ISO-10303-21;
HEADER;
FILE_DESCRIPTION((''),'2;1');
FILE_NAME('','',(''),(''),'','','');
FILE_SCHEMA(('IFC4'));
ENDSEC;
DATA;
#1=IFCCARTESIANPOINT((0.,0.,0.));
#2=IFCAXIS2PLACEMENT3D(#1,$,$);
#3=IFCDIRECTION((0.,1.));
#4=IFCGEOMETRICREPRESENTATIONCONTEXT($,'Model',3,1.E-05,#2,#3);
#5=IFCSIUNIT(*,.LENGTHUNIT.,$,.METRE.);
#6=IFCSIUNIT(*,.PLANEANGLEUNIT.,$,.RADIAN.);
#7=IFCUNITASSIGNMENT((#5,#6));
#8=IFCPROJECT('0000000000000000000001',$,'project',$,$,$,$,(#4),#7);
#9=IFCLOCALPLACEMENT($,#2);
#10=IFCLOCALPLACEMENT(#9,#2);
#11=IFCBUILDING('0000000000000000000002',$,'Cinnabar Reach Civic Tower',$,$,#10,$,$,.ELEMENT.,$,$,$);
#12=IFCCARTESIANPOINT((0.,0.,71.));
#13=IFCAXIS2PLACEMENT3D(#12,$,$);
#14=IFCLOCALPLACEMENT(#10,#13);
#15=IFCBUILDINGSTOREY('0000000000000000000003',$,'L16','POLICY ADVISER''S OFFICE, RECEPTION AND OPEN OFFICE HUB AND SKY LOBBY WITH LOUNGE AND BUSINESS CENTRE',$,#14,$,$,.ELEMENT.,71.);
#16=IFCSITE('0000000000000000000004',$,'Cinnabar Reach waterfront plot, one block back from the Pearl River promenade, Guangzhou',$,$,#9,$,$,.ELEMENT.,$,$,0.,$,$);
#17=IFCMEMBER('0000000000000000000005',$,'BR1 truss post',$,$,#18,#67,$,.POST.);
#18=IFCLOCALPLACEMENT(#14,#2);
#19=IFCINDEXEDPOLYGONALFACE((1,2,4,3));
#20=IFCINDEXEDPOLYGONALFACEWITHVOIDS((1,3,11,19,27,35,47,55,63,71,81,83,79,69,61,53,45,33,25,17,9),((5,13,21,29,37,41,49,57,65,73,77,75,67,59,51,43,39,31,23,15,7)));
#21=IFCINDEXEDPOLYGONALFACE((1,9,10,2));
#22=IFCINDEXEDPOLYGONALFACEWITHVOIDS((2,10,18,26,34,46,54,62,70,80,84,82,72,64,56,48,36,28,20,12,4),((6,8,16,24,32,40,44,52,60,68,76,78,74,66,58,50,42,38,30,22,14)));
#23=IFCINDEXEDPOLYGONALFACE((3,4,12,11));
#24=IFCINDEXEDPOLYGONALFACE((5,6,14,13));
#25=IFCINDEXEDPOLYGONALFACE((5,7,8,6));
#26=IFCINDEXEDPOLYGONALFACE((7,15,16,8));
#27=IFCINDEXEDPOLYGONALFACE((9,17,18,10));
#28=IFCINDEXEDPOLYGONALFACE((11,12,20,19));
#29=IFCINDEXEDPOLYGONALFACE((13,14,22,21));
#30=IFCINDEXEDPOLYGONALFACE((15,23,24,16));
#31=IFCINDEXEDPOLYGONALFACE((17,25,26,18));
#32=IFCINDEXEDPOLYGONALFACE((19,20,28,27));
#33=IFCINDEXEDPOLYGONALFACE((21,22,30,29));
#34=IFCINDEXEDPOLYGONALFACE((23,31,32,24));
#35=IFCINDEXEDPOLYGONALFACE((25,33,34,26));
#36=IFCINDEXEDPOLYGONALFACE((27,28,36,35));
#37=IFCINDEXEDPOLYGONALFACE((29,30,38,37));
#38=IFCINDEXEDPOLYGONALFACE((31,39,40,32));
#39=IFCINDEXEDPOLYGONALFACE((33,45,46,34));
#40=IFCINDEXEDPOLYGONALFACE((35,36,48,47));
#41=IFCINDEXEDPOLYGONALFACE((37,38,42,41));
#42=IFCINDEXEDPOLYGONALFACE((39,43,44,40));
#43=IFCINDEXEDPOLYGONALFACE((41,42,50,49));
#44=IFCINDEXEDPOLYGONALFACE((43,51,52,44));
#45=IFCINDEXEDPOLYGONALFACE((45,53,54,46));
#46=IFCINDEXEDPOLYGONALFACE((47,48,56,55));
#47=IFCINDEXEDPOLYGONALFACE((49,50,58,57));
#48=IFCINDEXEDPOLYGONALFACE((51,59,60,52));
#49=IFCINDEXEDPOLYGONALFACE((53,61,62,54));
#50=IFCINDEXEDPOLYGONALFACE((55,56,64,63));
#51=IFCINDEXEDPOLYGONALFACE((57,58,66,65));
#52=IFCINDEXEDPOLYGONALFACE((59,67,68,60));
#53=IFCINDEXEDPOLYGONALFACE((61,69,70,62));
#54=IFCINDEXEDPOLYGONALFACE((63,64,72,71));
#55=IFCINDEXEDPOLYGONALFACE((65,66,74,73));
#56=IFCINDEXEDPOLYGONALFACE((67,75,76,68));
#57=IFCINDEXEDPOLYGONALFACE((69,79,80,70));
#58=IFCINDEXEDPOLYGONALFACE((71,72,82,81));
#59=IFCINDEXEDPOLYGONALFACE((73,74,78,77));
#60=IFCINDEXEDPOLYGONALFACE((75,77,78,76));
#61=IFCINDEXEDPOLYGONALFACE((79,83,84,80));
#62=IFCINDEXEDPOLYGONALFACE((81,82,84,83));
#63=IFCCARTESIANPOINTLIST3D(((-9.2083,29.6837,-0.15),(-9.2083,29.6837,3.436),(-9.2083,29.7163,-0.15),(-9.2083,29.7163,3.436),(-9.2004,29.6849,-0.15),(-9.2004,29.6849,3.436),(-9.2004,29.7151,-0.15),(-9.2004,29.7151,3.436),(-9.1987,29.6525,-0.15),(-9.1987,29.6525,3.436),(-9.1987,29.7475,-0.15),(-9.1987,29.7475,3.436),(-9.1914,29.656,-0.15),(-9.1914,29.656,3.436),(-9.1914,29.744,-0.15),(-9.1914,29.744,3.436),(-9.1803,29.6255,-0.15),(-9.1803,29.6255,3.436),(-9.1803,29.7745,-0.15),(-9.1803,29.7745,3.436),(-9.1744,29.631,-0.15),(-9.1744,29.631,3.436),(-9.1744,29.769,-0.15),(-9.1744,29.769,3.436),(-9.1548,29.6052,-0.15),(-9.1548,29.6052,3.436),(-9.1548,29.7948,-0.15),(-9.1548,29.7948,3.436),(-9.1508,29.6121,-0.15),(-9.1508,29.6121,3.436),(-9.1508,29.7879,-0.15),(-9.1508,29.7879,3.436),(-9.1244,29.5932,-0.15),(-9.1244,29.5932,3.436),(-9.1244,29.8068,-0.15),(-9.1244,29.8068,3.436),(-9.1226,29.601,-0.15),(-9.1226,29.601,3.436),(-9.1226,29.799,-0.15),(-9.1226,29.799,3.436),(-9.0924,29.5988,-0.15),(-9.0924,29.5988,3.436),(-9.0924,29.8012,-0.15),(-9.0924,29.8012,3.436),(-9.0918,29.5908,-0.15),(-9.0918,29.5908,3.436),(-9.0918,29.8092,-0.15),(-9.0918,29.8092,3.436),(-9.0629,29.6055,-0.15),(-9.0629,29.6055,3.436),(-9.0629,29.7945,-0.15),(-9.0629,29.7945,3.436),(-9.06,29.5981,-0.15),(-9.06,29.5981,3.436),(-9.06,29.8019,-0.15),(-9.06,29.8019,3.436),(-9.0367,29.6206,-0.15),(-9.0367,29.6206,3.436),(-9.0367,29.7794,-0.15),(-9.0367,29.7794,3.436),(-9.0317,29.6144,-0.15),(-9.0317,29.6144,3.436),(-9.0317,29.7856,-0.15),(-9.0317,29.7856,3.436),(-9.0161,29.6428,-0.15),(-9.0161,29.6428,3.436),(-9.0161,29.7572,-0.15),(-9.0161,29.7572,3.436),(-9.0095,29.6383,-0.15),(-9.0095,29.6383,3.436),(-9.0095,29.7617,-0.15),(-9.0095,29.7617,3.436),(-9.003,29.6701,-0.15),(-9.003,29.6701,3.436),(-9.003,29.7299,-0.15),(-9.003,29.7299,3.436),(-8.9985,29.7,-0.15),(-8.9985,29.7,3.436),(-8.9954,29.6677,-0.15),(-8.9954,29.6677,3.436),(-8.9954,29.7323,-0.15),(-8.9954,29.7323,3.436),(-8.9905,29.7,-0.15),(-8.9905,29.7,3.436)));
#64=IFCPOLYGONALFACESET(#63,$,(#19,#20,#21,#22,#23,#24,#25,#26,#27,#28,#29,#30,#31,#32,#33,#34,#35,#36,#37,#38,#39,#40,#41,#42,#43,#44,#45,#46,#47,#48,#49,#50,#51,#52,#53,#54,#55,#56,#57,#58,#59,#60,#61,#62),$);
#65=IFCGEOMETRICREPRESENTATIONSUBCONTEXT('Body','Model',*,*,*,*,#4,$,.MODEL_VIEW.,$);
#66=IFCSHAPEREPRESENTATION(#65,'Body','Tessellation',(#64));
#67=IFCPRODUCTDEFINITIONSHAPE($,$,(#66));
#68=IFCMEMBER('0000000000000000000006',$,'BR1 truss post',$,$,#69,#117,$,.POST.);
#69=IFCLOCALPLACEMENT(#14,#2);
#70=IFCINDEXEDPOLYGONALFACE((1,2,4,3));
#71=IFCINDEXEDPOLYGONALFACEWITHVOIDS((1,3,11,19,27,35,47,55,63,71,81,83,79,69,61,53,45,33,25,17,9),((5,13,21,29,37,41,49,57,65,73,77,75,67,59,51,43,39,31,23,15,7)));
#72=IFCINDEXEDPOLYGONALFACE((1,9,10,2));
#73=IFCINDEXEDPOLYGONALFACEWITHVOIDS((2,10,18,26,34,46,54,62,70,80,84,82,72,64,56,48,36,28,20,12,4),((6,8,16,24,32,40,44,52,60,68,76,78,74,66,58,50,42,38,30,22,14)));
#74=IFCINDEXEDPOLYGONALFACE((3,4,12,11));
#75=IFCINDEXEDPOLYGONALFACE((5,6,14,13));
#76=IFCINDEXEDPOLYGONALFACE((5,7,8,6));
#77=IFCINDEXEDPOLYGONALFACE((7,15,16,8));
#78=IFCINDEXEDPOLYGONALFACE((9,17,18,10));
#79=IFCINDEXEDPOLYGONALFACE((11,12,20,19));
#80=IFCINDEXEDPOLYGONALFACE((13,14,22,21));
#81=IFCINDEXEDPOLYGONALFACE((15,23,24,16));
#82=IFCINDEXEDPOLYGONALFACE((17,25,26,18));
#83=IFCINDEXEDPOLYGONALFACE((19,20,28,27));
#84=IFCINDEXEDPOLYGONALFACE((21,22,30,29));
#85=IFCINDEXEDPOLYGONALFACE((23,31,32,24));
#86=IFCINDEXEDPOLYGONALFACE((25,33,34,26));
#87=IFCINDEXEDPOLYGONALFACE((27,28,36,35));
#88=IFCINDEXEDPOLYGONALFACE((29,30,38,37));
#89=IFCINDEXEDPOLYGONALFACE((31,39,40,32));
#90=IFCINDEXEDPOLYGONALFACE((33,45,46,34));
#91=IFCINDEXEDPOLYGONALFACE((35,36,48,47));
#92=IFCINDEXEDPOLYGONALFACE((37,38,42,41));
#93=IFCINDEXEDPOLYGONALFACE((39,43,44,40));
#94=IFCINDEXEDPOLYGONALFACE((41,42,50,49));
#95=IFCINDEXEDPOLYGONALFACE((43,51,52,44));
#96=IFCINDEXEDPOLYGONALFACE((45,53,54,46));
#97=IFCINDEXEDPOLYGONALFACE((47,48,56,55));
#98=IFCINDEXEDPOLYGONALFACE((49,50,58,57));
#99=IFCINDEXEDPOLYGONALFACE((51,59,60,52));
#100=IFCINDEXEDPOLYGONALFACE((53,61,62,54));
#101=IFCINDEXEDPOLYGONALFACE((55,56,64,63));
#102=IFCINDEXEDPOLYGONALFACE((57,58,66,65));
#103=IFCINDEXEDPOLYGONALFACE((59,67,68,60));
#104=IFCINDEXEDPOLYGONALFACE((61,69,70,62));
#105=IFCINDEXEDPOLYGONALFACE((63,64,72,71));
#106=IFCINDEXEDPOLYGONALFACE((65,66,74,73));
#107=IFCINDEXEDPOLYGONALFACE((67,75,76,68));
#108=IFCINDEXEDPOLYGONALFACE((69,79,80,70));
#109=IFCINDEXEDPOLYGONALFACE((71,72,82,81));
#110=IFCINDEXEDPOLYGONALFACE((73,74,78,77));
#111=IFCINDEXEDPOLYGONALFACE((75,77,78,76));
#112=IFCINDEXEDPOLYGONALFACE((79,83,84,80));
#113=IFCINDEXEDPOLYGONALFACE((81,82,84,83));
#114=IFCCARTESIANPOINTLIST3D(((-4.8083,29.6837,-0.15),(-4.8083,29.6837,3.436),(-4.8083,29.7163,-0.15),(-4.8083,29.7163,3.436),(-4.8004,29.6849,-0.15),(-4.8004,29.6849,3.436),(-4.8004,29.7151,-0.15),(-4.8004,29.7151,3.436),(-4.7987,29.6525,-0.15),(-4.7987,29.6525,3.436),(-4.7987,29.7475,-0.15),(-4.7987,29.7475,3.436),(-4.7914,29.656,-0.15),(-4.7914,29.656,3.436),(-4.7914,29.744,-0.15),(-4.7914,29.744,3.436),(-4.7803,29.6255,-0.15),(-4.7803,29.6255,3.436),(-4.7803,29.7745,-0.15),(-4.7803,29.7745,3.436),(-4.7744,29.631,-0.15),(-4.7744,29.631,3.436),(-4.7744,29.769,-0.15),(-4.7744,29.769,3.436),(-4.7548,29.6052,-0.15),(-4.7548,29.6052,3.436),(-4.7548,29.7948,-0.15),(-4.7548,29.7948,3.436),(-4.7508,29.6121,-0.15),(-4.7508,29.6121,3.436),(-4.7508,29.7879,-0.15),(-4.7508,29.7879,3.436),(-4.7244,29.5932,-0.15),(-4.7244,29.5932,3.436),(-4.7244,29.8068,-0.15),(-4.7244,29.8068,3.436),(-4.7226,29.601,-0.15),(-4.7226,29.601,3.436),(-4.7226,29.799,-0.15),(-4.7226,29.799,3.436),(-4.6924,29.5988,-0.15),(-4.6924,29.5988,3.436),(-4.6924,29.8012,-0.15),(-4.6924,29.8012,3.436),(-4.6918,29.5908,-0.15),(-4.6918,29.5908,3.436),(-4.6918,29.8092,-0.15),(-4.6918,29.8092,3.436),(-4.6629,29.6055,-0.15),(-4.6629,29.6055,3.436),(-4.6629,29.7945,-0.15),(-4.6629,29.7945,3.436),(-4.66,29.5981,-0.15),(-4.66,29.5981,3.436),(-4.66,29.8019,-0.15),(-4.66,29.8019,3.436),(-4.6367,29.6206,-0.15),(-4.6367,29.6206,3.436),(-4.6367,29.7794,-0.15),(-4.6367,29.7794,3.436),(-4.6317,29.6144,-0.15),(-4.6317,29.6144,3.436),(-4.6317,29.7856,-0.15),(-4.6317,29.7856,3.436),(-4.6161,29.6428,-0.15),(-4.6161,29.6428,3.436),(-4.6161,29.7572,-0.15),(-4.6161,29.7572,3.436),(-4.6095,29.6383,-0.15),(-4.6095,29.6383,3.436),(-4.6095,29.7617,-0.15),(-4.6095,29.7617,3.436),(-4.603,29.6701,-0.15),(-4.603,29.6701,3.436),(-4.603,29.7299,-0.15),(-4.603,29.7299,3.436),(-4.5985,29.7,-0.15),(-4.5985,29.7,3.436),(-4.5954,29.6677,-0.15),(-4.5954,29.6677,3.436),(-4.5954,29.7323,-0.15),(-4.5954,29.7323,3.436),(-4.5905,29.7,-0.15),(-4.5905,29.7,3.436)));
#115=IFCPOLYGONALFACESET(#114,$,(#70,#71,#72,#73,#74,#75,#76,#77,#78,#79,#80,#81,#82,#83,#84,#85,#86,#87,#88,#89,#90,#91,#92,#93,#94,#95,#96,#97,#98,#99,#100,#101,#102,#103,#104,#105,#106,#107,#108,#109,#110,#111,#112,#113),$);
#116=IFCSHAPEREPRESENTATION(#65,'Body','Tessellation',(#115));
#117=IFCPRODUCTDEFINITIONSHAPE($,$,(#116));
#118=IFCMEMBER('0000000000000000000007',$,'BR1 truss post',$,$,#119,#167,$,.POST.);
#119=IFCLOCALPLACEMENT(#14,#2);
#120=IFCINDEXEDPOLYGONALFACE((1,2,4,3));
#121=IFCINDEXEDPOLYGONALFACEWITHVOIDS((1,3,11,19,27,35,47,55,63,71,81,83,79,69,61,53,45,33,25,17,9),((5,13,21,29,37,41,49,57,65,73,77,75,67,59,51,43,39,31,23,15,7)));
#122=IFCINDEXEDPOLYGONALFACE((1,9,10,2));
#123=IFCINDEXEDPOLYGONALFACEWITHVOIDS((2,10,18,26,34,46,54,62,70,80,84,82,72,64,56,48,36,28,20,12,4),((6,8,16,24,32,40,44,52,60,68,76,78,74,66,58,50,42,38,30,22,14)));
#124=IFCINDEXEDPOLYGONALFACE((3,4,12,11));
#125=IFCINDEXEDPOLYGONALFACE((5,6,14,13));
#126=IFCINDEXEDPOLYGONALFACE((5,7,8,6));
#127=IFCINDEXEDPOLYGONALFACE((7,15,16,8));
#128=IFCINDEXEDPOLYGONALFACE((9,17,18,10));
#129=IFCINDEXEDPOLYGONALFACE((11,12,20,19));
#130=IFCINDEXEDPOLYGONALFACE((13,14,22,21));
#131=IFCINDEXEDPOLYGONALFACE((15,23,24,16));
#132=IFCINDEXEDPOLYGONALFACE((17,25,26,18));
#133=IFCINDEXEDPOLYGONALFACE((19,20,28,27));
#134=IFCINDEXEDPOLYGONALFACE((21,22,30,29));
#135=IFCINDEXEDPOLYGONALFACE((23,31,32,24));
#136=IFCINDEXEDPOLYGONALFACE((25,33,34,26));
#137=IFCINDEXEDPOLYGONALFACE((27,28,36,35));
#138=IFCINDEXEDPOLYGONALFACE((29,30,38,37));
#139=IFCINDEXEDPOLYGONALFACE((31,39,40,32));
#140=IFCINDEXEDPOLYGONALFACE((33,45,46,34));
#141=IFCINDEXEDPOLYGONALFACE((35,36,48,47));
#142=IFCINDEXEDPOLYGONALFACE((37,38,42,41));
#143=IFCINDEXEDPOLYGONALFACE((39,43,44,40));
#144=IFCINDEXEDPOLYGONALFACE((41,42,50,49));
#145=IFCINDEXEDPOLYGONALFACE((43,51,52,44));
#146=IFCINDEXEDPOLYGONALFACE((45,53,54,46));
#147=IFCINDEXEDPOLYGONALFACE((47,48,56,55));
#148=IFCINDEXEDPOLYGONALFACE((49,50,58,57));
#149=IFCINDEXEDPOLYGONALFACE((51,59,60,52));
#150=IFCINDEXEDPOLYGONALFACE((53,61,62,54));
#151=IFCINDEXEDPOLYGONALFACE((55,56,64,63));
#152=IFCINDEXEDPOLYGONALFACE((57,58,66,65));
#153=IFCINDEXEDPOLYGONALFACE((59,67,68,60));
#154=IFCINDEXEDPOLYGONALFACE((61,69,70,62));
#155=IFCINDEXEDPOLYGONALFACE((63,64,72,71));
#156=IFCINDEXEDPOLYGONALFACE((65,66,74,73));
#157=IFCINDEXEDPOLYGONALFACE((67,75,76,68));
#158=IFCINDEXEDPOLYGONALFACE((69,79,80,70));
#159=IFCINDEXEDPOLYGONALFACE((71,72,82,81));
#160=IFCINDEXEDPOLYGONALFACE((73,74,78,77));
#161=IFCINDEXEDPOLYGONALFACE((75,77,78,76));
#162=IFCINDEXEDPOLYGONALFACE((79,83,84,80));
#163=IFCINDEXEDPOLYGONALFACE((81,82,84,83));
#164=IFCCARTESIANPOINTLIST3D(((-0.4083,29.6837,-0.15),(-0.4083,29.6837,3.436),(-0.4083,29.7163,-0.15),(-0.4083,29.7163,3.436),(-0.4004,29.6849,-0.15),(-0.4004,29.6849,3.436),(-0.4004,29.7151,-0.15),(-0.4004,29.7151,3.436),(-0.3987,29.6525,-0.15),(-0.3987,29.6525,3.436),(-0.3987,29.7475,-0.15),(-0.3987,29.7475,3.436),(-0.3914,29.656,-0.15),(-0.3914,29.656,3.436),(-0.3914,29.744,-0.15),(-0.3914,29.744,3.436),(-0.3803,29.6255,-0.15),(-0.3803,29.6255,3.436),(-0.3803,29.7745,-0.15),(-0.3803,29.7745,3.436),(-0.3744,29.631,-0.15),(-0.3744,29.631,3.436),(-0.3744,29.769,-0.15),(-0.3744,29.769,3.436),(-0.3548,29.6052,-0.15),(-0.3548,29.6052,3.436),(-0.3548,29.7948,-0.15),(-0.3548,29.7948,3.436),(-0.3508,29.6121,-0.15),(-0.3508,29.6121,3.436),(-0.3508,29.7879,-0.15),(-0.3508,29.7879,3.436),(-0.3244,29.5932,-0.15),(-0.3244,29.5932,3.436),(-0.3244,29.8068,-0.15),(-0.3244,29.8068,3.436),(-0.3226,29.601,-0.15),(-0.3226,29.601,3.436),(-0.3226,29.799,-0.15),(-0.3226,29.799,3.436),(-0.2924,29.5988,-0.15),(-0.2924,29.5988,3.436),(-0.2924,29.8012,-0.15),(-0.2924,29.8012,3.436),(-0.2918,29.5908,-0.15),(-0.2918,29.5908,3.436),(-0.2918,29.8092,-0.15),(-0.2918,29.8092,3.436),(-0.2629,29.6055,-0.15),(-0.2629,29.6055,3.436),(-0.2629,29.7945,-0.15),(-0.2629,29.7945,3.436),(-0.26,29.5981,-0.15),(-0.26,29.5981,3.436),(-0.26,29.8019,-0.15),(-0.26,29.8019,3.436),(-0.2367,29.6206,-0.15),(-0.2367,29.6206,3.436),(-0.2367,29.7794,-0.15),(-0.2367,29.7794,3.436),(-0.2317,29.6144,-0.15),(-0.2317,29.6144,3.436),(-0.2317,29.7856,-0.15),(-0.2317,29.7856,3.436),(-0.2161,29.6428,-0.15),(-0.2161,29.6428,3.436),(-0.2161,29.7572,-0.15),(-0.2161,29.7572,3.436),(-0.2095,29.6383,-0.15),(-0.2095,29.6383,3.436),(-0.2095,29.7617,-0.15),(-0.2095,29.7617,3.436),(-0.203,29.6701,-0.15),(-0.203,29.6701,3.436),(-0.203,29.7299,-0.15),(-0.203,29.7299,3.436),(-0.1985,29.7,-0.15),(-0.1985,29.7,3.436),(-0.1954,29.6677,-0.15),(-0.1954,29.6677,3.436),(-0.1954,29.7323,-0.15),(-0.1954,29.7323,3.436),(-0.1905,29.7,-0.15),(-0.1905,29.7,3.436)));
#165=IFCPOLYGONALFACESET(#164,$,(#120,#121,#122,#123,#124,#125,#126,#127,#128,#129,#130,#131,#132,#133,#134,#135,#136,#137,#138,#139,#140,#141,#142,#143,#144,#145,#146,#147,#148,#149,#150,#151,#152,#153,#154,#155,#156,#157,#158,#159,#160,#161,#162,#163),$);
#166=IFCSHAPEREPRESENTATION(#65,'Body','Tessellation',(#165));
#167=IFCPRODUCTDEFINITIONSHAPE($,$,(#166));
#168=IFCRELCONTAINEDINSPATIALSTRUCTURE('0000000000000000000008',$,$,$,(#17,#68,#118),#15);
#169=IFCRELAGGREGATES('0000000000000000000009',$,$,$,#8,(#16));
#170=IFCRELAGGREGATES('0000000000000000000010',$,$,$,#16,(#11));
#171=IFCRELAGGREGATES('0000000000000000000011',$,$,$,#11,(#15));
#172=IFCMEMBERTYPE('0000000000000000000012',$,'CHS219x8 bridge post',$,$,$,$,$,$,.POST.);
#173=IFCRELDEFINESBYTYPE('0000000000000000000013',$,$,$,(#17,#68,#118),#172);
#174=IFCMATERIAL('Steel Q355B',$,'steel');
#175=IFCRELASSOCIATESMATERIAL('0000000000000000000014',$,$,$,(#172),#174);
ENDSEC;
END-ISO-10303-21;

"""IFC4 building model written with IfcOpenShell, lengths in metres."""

from ifc_helpers import new_model, si_unit, direction, frame, origin, origin_2d, place, context, subcontext, project, spatial, hollow_circle, extrude, material, material_profile, profile_set, type_object, element, save


model = new_model("IFC4")

# Units and contexts
model_context = context("Model", 3, precision=1e-05, world=origin(), true_north=direction((0.0, 1.0)))
body_context = subcontext(model_context, "Body", "Model", "MODEL_VIEW")
ifc_project = project(units=[si_unit("LENGTHUNIT", "METRE"), si_unit("PLANEANGLEUNIT", "RADIAN")], contexts=[model_context])

# Site, building, storey
site_placement = place(None, origin())
site = spatial("IfcSite", under=ifc_project, at=site_placement, Name="Cinnabar Reach waterfront plot, one block back from the Pearl River promenade, Guangzhou", CompositionType="ELEMENT", RefElevation=0.0)
building_placement = place(site_placement, origin())
building = spatial("IfcBuilding", under=site, at=building_placement, Name="Cinnabar Reach Civic Tower", CompositionType="ELEMENT")
storey_placement = place(building_placement, frame((0.0, 0.0, 71.0)))
storey = spatial("IfcBuildingStorey", under=building, at=storey_placement, Name="L16", Description="POLICY ADVISER'S OFFICE, RECEPTION AND OPEN OFFICE HUB AND SKY LOBBY WITH LOUNGE AND BUSINESS CENTRE", CompositionType="ELEMENT", Elevation=71.0)

# Members
ifc_material_1 = material(Name="Steel Q355B", Category="steel")
ifc_material_profile_1 = material_profile(ifc_material_1, hollow_circle(Radius=0.1095, WallThickness=0.008, at=origin_2d()), Name="CHS219x8")
ifc_profile_set_1 = profile_set([ifc_material_profile_1], Name="Steel Q355B")
member_type_1 = type_object("IfcMemberType", Name="CHS219x8 bridge post", PredefinedType="POST", material=ifc_profile_set_1)
for number, where, z_axis, x_axis, name in (
    (1, (-9.1, 29.7, -0.15), (0.0, 0.0, 1.0), (1.0, 0.0, 0.0), "BR1 truss post"),
    (2, (-4.7, 29.7, -0.15), (0.0, 0.0, 1.0), (1.0, 0.0, 0.0), "BR1 truss post"),
    (3, (-0.3, 29.7, -0.15), (0.0, 0.0, 1.0), (1.0, 0.0, 0.0), "BR1 truss post"),
):
    element("IfcMember", number, at=place(storey_placement, frame(where, z_axis=z_axis, x_axis=x_axis)), inside=storey, type_object=member_type_1, Name=name, PredefinedType="POST", context=body_context, shape_type="SweptSolid", body=[
        extrude(hollow_circle(Radius=0.1095, WallThickness=0.008, at=origin_2d()), origin(), (0.0, 0.0, 1.0), 3.586),
    ])

save(model, "model.ifc")
